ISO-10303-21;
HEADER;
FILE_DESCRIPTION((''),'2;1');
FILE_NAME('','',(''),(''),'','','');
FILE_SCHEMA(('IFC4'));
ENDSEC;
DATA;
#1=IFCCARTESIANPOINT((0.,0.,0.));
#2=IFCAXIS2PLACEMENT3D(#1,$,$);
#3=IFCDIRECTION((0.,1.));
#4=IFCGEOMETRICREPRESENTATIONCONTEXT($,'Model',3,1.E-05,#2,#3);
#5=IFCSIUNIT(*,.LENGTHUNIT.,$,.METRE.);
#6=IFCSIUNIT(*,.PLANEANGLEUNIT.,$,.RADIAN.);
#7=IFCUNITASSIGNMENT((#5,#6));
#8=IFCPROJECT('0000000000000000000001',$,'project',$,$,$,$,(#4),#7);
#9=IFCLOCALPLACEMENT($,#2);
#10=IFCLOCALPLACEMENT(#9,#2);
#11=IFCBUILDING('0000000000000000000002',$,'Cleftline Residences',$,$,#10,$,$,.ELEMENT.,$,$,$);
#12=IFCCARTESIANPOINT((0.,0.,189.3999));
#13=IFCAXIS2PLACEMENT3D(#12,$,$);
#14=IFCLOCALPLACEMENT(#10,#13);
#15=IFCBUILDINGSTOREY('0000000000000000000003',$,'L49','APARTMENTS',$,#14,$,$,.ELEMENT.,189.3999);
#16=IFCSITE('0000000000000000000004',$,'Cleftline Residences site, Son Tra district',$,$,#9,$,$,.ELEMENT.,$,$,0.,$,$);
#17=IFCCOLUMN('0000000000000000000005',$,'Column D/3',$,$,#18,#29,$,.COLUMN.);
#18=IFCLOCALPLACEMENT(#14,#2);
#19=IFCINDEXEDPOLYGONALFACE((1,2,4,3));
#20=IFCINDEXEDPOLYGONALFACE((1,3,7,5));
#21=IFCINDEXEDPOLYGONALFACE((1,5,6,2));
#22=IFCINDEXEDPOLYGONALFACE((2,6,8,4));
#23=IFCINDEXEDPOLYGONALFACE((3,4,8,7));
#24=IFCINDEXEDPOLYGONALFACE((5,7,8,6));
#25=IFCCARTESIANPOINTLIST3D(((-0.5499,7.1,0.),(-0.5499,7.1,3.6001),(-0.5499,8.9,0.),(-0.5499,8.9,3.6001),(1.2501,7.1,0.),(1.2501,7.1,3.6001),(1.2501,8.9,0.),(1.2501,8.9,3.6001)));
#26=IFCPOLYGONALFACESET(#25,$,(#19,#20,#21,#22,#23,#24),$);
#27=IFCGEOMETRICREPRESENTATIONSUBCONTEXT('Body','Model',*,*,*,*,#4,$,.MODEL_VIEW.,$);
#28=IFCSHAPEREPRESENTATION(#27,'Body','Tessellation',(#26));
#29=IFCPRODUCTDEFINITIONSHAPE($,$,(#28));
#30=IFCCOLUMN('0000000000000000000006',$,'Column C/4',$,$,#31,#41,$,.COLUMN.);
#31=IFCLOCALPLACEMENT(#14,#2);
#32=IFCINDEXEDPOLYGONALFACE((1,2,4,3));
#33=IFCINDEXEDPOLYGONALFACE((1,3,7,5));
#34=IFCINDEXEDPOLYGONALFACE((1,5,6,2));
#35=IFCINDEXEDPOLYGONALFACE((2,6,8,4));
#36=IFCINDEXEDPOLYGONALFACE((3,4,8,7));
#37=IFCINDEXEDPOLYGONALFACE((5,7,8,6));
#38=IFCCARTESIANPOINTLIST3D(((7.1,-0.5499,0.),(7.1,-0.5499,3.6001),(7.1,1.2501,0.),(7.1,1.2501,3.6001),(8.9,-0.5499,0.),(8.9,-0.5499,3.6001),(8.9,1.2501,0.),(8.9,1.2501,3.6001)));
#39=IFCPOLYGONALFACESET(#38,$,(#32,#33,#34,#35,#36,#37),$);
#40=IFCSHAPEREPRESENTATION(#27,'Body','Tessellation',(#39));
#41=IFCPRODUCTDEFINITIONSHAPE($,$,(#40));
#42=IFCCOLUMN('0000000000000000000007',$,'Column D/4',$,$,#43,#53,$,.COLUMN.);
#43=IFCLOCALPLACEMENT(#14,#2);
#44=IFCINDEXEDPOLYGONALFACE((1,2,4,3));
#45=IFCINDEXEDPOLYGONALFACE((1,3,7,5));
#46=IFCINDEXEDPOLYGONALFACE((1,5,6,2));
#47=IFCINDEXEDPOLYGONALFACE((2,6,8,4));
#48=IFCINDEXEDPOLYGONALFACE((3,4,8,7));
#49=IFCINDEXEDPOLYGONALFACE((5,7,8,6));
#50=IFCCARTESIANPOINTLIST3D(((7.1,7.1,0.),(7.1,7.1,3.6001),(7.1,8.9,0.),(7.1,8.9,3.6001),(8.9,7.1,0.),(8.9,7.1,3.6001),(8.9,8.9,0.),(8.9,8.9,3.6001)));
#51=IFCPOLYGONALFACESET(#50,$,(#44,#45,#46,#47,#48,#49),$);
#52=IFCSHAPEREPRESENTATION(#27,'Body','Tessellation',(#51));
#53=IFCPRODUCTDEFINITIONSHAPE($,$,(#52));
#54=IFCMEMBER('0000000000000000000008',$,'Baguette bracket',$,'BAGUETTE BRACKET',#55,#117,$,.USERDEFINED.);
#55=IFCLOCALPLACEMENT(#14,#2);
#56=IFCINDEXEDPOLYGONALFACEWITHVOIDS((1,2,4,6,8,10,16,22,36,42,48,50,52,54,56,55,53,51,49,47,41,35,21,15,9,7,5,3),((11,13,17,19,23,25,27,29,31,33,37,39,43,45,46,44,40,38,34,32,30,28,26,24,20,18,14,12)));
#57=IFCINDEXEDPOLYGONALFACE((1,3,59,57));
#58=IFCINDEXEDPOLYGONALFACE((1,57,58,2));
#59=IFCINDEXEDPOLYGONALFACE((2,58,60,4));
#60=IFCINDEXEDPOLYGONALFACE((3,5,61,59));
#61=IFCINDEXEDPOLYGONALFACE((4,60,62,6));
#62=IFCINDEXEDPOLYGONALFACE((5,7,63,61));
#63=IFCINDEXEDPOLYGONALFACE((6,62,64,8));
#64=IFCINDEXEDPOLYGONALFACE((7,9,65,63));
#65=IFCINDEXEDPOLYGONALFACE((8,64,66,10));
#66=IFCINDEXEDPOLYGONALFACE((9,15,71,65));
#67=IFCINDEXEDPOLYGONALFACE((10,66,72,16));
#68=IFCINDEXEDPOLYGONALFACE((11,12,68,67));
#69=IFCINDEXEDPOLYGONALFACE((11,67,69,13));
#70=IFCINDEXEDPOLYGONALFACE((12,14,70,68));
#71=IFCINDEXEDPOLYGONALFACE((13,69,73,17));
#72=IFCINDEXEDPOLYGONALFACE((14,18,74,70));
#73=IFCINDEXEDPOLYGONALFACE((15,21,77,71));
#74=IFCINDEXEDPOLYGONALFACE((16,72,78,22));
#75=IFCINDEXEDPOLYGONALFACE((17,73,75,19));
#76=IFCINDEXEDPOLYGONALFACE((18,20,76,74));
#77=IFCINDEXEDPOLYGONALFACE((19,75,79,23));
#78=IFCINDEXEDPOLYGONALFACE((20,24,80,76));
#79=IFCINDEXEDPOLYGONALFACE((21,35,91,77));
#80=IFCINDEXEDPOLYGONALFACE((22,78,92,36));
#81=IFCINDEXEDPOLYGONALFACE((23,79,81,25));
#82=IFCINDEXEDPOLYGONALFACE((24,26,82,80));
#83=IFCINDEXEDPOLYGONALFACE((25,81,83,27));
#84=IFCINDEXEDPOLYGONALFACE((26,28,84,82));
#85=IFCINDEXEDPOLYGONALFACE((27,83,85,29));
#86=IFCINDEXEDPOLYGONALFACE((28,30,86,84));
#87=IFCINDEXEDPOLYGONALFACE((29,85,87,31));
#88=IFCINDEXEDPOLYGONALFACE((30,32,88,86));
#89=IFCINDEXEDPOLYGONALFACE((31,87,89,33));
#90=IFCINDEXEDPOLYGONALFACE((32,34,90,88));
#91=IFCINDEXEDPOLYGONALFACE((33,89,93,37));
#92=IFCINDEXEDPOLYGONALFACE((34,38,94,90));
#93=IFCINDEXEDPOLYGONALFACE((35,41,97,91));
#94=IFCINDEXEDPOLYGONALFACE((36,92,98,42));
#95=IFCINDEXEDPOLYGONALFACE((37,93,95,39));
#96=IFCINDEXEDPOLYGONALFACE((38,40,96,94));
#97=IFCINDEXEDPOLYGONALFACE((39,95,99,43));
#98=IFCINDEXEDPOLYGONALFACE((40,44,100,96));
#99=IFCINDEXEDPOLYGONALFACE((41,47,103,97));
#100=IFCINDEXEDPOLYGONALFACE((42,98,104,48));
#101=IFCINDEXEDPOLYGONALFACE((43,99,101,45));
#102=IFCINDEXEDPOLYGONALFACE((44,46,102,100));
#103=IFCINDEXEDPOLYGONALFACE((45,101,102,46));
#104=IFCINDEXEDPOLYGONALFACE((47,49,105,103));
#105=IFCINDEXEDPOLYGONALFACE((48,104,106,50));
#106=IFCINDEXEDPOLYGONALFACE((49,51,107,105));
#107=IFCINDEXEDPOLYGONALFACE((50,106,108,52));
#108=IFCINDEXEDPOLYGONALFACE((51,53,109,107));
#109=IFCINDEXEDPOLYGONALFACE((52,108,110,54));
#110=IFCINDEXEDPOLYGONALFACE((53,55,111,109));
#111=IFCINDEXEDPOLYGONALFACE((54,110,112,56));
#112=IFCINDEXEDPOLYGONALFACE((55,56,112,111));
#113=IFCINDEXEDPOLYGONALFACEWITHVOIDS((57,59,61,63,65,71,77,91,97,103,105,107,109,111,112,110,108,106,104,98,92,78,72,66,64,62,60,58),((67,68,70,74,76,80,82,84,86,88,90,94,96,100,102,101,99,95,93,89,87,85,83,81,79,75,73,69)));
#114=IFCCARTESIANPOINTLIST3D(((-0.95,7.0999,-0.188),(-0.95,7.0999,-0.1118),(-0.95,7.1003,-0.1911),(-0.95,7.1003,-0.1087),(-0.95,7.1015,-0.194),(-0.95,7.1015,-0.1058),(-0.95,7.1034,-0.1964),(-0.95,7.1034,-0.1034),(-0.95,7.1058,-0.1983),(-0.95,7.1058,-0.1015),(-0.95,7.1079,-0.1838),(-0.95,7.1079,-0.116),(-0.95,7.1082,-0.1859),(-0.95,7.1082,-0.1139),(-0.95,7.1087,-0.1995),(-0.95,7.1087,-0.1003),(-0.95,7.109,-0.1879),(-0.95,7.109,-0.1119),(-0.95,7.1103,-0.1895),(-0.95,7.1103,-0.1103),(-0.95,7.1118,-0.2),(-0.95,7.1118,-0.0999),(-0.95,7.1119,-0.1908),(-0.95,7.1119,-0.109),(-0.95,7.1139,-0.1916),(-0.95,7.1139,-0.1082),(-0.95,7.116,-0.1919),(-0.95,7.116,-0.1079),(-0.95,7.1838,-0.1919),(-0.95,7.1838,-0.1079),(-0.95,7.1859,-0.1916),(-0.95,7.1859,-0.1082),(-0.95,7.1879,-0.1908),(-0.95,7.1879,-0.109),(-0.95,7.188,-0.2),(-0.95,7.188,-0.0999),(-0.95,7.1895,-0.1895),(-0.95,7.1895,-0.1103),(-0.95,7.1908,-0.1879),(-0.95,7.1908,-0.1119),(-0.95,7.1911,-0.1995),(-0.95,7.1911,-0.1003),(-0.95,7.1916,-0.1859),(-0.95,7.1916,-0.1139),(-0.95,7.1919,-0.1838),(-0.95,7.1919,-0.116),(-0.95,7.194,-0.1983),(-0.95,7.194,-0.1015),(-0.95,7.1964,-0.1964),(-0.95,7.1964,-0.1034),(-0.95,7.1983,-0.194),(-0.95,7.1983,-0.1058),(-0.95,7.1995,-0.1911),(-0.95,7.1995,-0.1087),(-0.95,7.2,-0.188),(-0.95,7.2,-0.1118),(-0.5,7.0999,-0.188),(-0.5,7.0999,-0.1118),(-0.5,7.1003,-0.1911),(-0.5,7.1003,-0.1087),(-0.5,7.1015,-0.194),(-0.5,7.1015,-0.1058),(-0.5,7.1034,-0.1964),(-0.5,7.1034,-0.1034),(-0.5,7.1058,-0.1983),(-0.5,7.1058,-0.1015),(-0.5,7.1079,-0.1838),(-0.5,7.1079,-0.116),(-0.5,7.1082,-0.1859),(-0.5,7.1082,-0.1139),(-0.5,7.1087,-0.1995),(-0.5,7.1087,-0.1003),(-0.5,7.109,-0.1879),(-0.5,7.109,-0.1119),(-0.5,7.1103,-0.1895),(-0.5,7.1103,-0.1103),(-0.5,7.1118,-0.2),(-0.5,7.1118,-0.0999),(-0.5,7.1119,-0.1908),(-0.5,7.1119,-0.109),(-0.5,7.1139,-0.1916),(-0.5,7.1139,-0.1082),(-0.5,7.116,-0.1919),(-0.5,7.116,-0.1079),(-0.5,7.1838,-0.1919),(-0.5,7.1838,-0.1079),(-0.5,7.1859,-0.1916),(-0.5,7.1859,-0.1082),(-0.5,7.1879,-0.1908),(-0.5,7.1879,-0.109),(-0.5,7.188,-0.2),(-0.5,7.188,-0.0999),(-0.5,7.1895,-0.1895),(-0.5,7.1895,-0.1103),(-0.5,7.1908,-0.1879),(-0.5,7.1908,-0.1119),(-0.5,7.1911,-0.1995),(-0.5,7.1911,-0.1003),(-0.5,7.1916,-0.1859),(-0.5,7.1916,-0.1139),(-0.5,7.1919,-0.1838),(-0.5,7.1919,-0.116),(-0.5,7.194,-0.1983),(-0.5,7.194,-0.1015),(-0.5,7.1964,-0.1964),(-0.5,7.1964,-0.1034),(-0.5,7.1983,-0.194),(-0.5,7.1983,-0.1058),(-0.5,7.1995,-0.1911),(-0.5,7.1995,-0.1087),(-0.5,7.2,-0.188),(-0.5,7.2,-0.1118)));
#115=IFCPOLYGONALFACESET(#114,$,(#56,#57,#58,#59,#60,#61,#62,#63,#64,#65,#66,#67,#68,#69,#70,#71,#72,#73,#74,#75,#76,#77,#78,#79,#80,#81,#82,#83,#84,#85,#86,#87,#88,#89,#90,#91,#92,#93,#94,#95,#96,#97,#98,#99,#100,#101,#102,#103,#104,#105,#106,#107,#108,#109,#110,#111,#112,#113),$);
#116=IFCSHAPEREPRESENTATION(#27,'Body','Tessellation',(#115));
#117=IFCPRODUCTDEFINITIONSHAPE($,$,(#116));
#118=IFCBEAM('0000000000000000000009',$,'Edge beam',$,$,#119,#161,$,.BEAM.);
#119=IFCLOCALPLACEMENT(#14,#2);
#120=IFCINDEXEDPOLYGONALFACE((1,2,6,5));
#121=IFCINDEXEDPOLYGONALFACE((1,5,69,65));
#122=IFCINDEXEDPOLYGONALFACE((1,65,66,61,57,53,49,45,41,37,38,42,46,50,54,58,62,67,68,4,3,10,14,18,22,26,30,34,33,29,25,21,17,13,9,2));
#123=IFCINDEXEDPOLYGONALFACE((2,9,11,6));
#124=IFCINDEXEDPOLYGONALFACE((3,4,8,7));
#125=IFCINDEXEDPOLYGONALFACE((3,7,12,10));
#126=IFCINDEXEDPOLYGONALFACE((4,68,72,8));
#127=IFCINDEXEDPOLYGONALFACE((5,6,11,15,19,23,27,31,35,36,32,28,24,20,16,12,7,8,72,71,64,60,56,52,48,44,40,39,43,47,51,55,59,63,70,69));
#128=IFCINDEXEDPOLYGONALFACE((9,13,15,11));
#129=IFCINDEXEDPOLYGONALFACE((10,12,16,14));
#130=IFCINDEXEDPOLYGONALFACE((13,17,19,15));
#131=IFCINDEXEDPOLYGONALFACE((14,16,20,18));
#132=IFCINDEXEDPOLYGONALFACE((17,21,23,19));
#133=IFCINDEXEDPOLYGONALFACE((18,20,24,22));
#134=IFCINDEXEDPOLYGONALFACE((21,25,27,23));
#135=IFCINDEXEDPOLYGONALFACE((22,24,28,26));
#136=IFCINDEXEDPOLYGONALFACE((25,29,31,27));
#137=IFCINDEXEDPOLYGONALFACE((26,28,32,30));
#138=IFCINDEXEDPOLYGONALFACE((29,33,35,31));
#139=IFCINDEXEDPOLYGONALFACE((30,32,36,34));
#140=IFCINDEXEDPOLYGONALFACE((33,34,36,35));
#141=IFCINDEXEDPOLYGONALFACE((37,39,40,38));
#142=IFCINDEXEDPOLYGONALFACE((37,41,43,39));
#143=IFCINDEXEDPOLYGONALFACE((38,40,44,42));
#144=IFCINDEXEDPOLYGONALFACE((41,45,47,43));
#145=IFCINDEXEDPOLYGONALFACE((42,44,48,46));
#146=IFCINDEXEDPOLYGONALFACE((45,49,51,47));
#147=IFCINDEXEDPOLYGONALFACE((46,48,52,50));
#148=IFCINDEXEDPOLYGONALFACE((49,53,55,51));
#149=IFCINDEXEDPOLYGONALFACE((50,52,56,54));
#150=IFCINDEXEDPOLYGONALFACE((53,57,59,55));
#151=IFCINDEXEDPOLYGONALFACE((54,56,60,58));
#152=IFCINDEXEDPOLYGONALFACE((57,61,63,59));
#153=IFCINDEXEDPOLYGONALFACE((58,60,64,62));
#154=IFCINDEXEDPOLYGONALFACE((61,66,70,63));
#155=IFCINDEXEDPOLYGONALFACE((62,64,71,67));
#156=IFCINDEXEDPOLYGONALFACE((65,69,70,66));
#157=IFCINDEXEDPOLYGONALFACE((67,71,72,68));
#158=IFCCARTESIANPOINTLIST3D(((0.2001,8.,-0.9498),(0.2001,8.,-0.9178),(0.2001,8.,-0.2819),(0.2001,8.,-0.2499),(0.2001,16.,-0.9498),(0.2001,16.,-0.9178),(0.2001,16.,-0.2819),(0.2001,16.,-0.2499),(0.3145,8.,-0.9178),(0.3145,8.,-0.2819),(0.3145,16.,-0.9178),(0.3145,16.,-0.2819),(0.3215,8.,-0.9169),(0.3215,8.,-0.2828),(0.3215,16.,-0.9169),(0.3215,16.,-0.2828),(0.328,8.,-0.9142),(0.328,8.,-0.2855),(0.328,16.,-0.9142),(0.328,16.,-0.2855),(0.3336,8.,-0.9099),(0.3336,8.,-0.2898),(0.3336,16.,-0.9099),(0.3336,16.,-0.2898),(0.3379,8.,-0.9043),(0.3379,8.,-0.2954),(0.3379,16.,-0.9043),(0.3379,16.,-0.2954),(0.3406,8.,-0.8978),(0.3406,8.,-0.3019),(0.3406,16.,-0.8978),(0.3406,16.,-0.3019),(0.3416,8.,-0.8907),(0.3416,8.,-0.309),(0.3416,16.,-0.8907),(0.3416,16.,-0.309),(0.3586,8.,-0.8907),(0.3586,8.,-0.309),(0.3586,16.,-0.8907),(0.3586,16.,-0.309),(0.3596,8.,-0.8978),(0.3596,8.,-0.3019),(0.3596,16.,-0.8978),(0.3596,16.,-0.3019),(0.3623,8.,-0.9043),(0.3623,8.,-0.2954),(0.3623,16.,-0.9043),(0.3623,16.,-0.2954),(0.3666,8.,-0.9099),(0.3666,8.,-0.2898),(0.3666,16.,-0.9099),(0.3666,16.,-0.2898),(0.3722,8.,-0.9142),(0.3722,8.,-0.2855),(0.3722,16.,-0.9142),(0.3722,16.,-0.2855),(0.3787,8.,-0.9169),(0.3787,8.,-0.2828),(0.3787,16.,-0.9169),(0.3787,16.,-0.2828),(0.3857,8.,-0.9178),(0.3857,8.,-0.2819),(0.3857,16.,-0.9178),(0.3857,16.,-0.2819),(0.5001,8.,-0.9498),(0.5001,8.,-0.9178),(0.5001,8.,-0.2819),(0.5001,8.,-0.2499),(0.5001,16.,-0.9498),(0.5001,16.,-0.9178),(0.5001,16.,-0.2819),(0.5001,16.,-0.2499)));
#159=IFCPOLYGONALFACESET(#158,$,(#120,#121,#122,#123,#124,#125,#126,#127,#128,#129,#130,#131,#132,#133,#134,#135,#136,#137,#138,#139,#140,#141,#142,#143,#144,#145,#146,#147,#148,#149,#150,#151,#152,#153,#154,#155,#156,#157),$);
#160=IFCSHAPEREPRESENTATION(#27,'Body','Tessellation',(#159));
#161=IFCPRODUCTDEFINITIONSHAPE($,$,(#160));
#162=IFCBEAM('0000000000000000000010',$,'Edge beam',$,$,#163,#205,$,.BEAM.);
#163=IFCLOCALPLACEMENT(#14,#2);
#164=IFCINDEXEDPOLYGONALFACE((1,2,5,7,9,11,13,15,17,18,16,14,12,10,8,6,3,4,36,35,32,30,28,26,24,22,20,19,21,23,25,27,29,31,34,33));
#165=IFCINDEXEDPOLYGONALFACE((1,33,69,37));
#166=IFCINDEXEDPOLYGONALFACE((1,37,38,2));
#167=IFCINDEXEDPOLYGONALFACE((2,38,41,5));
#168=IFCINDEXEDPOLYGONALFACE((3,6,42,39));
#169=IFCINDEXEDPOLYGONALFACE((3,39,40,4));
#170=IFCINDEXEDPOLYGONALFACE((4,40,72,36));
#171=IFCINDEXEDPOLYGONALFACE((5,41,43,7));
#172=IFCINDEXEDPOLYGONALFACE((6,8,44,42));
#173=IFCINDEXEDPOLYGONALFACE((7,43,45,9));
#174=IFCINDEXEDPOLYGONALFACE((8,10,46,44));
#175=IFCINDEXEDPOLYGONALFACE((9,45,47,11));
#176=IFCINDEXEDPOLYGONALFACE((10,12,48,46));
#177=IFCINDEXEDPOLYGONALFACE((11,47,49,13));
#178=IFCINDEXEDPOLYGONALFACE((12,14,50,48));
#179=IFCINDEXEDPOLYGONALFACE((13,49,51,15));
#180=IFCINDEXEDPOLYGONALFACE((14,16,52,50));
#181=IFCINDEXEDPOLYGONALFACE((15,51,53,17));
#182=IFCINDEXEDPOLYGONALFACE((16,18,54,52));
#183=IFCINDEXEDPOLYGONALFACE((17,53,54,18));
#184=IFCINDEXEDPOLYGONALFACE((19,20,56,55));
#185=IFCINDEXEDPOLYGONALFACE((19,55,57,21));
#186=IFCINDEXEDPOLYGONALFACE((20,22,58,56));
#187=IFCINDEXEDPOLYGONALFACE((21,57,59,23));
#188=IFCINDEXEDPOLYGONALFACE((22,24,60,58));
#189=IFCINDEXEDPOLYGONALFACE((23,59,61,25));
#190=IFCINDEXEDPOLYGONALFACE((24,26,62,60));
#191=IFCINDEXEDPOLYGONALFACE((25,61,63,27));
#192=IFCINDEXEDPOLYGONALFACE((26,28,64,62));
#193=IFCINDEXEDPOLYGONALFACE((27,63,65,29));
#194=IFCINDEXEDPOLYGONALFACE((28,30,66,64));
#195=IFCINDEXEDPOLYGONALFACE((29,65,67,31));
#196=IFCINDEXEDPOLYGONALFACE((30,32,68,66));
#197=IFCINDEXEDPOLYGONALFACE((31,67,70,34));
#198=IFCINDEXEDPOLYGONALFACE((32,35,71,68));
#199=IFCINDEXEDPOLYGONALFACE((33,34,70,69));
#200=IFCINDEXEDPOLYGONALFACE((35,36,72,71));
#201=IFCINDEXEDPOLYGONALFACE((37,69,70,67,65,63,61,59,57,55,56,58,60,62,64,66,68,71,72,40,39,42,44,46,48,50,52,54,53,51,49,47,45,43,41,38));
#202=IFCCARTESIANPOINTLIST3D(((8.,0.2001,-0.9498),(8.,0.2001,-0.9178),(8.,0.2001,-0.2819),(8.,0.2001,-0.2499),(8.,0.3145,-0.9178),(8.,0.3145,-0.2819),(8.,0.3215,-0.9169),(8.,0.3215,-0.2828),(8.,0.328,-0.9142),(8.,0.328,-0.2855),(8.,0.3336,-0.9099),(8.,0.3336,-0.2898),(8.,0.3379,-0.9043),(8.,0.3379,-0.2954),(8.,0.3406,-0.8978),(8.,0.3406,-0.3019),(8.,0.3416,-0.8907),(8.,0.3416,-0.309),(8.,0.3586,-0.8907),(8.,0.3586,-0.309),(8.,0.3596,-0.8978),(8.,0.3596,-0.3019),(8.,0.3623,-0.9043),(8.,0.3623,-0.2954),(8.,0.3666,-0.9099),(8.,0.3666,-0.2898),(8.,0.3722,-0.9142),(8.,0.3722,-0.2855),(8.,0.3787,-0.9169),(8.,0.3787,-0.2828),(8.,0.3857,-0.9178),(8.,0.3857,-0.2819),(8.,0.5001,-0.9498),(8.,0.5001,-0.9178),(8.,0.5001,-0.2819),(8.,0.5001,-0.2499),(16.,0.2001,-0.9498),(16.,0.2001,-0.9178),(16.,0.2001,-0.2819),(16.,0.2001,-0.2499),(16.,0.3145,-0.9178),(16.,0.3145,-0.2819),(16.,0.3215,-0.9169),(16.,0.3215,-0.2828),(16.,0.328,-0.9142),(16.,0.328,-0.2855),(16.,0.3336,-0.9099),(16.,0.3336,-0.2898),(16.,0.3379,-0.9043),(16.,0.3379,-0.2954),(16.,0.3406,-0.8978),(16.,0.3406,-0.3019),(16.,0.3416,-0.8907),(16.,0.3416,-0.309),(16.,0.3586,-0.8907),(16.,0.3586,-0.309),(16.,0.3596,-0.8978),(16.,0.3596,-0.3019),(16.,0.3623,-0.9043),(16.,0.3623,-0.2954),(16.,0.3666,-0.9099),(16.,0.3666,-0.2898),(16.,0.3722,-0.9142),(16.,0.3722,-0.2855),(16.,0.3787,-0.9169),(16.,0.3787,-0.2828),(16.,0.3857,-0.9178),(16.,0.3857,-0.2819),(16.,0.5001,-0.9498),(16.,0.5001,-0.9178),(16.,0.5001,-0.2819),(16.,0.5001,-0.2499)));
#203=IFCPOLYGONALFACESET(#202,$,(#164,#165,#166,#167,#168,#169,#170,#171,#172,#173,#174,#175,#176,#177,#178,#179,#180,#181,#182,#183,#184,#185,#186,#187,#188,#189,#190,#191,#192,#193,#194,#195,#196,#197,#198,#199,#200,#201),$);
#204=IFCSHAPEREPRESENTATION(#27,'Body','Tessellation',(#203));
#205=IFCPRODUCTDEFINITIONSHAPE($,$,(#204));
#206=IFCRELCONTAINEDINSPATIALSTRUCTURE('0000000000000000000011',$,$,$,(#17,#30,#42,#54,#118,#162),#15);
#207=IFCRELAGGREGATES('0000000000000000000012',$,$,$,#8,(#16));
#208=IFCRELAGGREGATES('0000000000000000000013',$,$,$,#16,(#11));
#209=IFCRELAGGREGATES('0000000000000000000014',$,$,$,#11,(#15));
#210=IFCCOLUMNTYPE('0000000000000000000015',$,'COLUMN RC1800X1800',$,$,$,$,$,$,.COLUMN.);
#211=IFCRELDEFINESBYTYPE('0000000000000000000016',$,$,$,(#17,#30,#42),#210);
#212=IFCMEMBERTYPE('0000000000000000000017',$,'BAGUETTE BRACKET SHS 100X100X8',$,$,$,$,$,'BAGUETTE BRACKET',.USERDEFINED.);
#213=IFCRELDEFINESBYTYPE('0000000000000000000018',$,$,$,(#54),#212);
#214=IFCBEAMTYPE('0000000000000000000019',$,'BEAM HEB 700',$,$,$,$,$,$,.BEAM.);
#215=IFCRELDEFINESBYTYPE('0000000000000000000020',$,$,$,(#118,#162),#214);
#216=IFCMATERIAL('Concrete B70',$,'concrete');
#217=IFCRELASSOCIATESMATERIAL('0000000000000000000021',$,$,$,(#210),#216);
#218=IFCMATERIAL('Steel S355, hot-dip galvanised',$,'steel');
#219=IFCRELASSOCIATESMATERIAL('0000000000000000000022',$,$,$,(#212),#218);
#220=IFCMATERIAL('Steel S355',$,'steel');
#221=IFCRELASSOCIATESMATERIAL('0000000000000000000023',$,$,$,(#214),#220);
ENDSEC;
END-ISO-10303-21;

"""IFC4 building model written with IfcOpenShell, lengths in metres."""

from ifc_helpers import new_model, si_unit, direction, frame, origin, origin_2d, place, context, subcontext, project, spatial, rectangle, hollow_rectangle, i_section, extrude, material, material_profile, profile_set, type_object, element, save


model = new_model("IFC4")

# Units and contexts
model_context = context("Model", 3, precision=1e-05, world=origin(), true_north=direction((0.0, 1.0)))
body_context = subcontext(model_context, "Body", "Model", "MODEL_VIEW")
ifc_project = project(units=[si_unit("LENGTHUNIT", "METRE"), si_unit("PLANEANGLEUNIT", "RADIAN")], contexts=[model_context])

# Site, building, storey
site_placement = place(None, origin())
site = spatial("IfcSite", under=ifc_project, at=site_placement, Name="Cleftline Residences site, Son Tra district", CompositionType="ELEMENT", RefElevation=0.0)
building_placement = place(site_placement, origin())
building = spatial("IfcBuilding", under=site, at=building_placement, Name="Cleftline Residences", CompositionType="ELEMENT")
storey_placement = place(building_placement, frame((0.0, 0.0, 189.3999)))
storey = spatial("IfcBuildingStorey", under=building, at=storey_placement, Name="L49", Description="APARTMENTS", CompositionType="ELEMENT", Elevation=189.3999)

# Columns
ifc_material_1 = material(Name="Concrete B70", Category="concrete")
ifc_material_profile_1 = material_profile(ifc_material_1, rectangle(XDim=1.8, YDim=1.8, at=origin_2d()))
ifc_profile_set_1 = profile_set([ifc_material_profile_1], Name="Concrete B70")
column_type = type_object("IfcColumnType", Name="COLUMN RC1800X1800", PredefinedType="COLUMN", material=ifc_profile_set_1)
for number, where, z_axis, x_axis, name in (
    (1, (0.3501, 8.0, 0.0), (0.0, 0.0, 1.0), (1.0, 0.0, 0.0), "Column D/3"),
    (2, (8.0, 0.3501, 0.0), (0.0, 0.0, 1.0), (1.0, 0.0, 0.0), "Column C/4"),
    (3, (8.0, 8.0, 0.0), (0.0, 0.0, 1.0), (1.0, 0.0, 0.0), "Column D/4"),
):
    element("IfcColumn", number, at=place(storey_placement, frame(where, z_axis=z_axis, x_axis=x_axis)), inside=storey, type_object=column_type, Name=name, PredefinedType="COLUMN", context=body_context, shape_type="SweptSolid", body=[
        extrude(rectangle(XDim=1.8, YDim=1.8, at=origin_2d()), origin(), (0.0, 0.0, 1.0), 3.6001),
    ])

# Member
ifc_material_2 = material(Name="Steel S355, hot-dip galvanised", Category="steel")
ifc_material_profile_2 = material_profile(ifc_material_2, hollow_rectangle(XDim=0.1001, YDim=0.1001, WallThickness=0.0081, InnerFilletRadius=0.0081, OuterFilletRadius=0.012, at=origin_2d()))
ifc_profile_set_2 = profile_set([ifc_material_profile_2], Name="Steel S355, hot-dip galvanised")
member_type_1 = type_object("IfcMemberType", Name="BAGUETTE BRACKET SHS 100X100X8", ElementType="BAGUETTE BRACKET", PredefinedType="USERDEFINED", material=ifc_profile_set_2)
member_placement = place(storey_placement, frame((-0.5, 7.1499, -0.1499), z_axis=(-1.0, 0.0, 0.0), x_axis=(0.0, -1.0, 0.0)))
element("IfcMember", 4, at=member_placement, inside=storey, type_object=member_type_1, Name="Baguette bracket", ObjectType="BAGUETTE BRACKET", PredefinedType="USERDEFINED", context=body_context, shape_type="SweptSolid", body=[
    extrude(hollow_rectangle(XDim=0.1001, YDim=0.1001, WallThickness=0.0081, InnerFilletRadius=0.0081, OuterFilletRadius=0.012, at=origin_2d()), origin(), (0.0, 0.0, 1.0), 0.45),
])

# Beams
ifc_material_3 = material(Name="Steel S355", Category="steel")
ifc_material_profile_3 = material_profile(ifc_material_3, i_section(OverallWidth=0.3, OverallDepth=0.7, WebThickness=0.0171, FlangeThickness=0.032, FilletRadius=0.0271, at=origin_2d()))
ifc_profile_set_3 = profile_set([ifc_material_profile_3], Name="Steel S355")
beam_type = type_object("IfcBeamType", Name="BEAM HEB 700", PredefinedType="BEAM", material=ifc_profile_set_3)
for number, where, z_axis, x_axis, name in (
    (5, (0.3501, 8.0, -0.5999), (0.0, 1.0, 0.0), (-1.0, 0.0, 0.0), "Edge beam"),
    (6, (8.0, 0.3501, -0.5999), (1.0, 0.0, 0.0), (0.0, 1.0, 0.0), "Edge beam"),
):
    element("IfcBeam", number, at=place(storey_placement, frame(where, z_axis=z_axis, x_axis=x_axis)), inside=storey, type_object=beam_type, Name=name, PredefinedType="BEAM", context=body_context, shape_type="SweptSolid", body=[
        extrude(i_section(OverallWidth=0.3, OverallDepth=0.7, WebThickness=0.0171, FlangeThickness=0.032, FilletRadius=0.0271, at=origin_2d()), origin(), (0.0, 0.0, 1.0), 8.0),
    ])

save(model, "model.ifc")
